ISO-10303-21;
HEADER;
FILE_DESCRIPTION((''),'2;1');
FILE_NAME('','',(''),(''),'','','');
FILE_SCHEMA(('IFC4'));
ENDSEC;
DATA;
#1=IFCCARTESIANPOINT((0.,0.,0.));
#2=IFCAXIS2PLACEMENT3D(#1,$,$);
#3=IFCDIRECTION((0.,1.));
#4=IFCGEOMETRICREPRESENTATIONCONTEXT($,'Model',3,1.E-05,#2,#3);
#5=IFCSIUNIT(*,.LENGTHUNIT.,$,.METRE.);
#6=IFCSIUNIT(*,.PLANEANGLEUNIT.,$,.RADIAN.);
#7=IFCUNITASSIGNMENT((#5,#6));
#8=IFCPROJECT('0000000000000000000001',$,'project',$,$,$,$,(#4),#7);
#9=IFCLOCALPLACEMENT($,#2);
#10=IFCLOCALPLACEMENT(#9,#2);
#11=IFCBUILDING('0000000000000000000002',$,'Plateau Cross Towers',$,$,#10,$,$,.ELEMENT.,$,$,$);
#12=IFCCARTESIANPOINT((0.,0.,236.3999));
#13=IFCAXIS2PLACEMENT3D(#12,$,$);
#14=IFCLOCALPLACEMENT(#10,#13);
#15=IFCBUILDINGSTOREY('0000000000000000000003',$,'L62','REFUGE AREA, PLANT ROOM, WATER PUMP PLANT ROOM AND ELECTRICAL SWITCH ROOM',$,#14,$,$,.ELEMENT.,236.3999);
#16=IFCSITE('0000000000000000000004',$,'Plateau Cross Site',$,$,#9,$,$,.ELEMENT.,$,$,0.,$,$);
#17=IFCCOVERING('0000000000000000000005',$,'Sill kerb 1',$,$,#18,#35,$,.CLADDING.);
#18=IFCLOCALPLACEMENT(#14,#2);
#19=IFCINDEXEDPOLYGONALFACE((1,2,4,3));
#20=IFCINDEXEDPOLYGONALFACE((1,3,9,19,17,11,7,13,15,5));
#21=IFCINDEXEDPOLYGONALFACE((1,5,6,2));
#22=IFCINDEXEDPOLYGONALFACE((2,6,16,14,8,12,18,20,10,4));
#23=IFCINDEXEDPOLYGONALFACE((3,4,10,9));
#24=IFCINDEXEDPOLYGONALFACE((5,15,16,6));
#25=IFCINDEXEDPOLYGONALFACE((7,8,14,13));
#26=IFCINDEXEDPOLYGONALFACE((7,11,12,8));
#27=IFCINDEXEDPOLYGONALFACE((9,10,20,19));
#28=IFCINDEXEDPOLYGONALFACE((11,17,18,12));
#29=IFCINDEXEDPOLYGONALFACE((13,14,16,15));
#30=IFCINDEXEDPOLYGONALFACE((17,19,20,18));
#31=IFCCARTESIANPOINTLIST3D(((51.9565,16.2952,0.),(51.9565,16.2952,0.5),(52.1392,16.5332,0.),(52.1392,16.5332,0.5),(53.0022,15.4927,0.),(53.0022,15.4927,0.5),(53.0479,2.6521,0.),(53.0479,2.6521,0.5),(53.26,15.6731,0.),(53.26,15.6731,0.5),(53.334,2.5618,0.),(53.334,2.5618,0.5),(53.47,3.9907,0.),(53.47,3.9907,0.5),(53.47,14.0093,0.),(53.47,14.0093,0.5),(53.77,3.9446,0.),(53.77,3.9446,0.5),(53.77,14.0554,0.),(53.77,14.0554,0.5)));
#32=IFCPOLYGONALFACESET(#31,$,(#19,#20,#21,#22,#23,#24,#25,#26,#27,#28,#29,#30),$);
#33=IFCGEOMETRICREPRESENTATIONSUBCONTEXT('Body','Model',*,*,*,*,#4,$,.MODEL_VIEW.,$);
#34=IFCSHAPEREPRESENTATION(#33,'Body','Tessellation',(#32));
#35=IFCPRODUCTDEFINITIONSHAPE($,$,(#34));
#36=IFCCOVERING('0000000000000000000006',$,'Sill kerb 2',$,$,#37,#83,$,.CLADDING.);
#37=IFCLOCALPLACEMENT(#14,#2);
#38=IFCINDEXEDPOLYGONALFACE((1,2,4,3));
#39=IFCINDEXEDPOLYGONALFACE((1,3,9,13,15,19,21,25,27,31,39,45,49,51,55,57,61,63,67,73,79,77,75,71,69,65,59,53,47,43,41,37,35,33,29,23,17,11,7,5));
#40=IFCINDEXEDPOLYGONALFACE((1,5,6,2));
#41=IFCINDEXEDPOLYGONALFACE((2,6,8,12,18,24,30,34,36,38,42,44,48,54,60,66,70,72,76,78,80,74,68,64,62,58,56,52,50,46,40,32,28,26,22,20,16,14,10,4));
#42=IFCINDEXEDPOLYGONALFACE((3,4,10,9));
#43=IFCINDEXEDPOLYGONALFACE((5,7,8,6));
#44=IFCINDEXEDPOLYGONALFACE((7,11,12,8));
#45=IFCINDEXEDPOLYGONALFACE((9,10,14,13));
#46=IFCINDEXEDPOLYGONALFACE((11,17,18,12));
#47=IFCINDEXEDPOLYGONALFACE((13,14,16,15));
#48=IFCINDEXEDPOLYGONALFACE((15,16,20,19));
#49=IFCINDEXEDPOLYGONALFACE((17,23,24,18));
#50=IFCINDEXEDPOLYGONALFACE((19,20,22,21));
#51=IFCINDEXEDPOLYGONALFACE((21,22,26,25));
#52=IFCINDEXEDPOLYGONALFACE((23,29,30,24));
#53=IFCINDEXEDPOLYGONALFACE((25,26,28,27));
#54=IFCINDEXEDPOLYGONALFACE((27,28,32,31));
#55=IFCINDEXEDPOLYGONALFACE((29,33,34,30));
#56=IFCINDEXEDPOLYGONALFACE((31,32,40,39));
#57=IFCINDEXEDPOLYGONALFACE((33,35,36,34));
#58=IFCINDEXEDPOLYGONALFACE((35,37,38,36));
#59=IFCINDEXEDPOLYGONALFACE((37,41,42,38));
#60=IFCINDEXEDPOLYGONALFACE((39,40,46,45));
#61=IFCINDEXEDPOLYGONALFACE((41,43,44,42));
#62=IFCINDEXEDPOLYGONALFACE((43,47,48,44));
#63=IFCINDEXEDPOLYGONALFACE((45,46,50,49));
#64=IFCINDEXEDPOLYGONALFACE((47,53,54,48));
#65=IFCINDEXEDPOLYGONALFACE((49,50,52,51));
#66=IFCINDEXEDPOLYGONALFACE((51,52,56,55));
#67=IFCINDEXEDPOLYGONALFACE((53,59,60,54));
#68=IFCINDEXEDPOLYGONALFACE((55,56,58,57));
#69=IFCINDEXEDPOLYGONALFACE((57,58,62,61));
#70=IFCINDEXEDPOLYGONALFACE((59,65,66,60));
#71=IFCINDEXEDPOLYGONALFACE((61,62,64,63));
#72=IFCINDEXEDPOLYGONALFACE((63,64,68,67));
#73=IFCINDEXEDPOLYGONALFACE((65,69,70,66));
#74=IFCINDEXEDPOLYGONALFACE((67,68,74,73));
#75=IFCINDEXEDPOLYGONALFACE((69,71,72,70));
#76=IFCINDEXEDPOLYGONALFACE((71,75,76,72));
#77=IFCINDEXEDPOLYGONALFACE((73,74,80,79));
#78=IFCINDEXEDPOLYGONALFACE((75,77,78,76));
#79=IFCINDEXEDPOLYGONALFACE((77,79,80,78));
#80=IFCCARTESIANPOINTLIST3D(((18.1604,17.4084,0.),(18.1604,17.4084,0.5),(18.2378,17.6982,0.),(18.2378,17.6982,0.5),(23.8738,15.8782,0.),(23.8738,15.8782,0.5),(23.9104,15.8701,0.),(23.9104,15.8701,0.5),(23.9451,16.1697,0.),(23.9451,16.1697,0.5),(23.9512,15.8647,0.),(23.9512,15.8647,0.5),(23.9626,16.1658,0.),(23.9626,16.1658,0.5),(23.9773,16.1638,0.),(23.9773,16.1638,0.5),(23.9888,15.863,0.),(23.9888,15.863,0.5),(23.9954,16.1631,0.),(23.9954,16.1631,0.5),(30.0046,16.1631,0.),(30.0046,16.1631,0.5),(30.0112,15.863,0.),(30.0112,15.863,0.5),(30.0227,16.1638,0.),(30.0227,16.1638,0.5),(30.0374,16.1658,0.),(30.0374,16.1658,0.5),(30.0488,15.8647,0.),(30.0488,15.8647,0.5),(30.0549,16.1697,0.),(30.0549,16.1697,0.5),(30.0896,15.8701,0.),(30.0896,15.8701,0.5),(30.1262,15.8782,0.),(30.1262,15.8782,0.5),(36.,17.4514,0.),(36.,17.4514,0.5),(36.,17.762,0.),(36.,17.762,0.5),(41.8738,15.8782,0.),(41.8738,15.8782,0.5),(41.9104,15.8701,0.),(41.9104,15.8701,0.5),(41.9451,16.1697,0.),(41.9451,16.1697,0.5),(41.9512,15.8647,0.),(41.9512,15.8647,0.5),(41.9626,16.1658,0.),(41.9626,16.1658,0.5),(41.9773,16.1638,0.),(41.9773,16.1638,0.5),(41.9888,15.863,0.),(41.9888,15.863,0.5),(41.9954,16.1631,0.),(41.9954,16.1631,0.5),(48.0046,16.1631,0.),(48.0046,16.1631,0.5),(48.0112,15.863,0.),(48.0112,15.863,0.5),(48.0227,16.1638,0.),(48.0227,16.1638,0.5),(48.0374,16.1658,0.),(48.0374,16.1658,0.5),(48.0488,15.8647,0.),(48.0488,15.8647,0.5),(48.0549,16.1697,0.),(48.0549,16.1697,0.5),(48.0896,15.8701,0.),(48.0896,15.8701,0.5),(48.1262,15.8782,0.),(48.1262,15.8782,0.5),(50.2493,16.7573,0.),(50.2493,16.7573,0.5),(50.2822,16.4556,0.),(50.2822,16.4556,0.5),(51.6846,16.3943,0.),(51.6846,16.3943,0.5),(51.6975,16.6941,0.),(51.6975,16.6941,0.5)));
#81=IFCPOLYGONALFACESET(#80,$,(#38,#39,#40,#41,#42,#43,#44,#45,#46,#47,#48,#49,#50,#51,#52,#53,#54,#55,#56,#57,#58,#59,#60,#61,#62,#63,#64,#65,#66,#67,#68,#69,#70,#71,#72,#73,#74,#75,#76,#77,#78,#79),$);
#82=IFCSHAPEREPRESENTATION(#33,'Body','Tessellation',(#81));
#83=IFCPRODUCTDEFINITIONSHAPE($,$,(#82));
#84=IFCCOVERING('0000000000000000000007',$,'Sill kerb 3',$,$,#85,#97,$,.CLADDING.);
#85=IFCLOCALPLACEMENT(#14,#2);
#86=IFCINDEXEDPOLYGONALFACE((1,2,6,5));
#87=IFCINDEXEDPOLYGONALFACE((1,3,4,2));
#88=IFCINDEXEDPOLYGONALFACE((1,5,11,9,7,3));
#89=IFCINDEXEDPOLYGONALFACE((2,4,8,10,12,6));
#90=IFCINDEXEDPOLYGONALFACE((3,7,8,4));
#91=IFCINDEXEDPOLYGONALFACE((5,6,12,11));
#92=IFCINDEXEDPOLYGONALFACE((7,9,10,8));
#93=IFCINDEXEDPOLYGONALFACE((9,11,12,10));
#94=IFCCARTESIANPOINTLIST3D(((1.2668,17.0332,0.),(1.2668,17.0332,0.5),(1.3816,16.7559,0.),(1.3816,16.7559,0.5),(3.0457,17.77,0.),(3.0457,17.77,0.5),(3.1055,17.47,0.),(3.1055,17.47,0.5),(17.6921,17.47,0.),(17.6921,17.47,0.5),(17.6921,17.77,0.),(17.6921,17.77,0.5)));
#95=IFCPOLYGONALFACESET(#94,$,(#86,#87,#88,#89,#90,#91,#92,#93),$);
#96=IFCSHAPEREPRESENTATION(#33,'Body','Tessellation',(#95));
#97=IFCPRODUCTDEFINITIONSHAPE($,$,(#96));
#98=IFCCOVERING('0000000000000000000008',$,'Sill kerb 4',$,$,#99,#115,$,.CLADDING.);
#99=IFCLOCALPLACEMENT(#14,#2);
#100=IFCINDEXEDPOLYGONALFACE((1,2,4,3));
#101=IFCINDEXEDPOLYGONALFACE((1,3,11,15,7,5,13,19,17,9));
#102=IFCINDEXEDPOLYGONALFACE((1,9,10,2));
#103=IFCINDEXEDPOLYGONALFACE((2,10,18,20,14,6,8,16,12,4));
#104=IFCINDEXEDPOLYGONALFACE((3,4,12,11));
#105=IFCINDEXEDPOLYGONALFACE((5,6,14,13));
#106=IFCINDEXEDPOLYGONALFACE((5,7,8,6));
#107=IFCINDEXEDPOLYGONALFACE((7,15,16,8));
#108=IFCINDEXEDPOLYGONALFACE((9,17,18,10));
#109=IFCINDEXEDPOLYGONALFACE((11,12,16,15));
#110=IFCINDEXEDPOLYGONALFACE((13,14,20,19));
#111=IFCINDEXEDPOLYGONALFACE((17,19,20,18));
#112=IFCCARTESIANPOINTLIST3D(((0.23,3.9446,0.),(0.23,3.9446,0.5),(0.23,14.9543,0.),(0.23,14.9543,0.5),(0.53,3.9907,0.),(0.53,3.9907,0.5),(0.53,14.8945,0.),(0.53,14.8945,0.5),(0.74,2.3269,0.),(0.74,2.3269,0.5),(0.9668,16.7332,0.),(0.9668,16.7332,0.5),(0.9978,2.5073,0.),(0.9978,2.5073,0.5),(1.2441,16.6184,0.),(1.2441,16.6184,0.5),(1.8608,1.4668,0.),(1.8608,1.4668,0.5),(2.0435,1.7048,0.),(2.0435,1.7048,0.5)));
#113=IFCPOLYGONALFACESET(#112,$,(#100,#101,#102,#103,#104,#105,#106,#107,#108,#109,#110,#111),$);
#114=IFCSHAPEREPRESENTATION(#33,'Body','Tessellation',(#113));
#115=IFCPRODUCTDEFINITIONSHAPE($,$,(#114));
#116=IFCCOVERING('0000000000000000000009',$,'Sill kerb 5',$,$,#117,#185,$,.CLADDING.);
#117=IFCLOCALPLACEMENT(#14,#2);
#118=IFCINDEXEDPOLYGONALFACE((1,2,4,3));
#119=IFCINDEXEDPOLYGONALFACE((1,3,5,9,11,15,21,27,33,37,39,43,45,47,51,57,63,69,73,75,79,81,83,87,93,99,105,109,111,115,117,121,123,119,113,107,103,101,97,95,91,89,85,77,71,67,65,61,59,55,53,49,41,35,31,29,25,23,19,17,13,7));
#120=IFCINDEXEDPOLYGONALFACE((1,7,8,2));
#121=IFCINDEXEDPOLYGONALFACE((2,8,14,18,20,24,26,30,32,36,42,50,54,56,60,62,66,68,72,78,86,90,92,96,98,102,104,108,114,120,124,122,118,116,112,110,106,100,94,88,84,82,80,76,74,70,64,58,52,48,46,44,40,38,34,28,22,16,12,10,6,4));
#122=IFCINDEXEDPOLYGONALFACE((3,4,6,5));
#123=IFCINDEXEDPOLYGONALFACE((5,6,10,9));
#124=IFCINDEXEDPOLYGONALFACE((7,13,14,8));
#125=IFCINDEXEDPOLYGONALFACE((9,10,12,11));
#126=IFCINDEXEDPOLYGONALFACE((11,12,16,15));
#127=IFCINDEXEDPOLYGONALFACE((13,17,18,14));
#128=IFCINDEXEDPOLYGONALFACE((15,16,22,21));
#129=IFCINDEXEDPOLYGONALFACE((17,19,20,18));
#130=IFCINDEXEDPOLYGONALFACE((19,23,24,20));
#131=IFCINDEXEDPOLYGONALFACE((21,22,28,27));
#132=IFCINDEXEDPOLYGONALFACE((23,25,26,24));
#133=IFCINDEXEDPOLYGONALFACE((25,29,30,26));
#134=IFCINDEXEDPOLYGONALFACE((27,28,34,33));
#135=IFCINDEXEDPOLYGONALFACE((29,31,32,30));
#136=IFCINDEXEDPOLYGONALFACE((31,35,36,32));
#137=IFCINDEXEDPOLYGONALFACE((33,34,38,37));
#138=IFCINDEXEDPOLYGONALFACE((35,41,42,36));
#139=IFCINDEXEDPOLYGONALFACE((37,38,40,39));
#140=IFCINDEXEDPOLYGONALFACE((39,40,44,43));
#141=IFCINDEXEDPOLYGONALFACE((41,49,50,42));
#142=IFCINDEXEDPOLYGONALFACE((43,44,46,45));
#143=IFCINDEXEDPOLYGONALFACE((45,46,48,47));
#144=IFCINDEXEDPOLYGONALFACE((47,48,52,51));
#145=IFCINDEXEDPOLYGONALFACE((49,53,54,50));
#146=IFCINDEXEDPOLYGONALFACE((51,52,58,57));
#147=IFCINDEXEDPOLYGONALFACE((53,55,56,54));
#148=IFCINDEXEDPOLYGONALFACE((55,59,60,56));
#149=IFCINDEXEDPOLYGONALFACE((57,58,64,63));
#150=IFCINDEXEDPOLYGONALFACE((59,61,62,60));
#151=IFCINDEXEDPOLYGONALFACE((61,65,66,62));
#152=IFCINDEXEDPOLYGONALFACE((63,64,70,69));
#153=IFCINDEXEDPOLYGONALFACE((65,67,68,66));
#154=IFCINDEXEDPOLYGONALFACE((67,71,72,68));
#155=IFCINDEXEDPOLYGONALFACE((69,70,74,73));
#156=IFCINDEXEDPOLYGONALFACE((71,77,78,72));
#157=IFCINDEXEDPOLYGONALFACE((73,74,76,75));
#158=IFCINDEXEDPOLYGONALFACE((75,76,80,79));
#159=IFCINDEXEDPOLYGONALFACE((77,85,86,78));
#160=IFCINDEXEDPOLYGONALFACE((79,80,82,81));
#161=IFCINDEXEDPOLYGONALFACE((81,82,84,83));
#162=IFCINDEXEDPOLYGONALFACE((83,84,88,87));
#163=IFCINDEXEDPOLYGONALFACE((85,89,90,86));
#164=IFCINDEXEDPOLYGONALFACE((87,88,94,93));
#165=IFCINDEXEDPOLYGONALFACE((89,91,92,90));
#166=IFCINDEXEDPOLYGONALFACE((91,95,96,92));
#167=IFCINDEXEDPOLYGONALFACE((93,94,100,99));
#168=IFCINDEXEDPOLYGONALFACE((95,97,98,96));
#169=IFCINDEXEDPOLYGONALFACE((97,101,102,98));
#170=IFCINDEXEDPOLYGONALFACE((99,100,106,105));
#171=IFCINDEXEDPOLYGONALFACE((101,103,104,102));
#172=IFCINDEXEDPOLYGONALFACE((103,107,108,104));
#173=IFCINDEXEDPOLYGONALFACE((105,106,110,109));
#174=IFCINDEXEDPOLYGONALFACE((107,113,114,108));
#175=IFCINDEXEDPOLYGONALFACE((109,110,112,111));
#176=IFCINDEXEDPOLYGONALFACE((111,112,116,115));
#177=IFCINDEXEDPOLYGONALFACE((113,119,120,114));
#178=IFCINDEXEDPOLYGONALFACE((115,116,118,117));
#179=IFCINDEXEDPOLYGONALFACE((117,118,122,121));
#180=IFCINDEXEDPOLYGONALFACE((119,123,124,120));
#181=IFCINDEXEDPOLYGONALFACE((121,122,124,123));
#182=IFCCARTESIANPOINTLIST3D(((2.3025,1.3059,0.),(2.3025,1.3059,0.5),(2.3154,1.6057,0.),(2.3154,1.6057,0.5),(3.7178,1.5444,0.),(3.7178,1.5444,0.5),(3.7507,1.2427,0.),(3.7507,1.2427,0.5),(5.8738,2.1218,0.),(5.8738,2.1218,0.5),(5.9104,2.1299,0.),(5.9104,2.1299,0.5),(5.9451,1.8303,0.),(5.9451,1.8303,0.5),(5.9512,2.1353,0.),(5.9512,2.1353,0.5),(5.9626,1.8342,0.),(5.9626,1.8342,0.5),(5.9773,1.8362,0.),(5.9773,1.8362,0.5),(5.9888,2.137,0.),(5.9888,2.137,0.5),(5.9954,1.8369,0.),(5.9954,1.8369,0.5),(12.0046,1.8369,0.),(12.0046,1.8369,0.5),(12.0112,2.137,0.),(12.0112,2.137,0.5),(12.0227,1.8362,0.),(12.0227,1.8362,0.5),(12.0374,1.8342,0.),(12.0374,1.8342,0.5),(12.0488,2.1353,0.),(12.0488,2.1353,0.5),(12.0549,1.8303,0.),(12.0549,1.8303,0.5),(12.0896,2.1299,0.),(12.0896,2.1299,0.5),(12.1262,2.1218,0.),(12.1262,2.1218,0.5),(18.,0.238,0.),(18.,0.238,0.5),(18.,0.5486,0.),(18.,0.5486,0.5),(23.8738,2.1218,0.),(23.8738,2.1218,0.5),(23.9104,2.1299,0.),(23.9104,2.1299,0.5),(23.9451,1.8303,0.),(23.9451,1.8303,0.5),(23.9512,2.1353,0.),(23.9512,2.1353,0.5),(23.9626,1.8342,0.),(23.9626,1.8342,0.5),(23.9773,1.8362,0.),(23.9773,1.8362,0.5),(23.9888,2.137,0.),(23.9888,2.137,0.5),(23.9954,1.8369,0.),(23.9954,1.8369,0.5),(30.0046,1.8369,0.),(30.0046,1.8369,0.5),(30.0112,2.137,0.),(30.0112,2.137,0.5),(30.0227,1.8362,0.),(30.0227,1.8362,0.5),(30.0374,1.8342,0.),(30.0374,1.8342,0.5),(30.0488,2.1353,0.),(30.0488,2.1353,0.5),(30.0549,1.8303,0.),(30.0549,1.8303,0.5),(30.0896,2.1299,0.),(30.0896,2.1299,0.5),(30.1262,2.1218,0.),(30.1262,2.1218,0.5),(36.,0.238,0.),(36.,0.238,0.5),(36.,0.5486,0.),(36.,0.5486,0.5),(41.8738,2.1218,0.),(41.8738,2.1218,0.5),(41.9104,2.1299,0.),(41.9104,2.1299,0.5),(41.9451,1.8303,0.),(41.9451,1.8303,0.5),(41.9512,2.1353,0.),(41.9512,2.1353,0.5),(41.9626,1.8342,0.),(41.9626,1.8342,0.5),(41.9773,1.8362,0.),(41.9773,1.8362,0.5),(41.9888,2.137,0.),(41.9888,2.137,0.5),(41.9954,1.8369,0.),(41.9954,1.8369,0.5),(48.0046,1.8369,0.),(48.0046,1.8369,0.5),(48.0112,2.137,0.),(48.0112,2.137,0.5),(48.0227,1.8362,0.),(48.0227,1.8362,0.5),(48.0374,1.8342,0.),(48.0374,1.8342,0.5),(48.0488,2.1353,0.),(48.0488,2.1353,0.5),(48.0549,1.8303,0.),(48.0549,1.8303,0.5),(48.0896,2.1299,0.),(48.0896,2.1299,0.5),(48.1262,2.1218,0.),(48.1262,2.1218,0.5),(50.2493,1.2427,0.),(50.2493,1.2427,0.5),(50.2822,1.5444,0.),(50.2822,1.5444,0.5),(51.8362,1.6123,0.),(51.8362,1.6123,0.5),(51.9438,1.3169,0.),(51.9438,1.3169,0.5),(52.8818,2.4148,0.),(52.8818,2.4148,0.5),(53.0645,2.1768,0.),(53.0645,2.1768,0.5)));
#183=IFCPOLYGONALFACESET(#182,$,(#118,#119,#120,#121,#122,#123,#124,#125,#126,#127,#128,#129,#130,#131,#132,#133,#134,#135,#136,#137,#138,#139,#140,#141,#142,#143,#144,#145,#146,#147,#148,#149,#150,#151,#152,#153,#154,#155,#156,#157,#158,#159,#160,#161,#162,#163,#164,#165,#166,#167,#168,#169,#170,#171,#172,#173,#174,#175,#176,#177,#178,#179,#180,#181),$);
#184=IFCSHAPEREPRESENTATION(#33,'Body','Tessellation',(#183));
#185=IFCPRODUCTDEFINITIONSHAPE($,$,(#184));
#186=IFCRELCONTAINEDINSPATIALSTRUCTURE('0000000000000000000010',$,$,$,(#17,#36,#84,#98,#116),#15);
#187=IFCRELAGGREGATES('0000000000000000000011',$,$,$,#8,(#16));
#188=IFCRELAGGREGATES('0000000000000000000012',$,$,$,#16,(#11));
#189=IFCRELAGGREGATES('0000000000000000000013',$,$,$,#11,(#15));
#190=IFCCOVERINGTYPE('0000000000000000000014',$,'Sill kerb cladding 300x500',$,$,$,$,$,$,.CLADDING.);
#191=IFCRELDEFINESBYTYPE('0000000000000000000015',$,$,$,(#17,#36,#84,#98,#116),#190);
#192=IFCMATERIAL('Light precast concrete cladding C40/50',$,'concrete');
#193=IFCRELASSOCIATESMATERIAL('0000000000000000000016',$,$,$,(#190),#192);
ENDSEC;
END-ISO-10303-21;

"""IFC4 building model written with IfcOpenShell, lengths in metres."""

from ifc_helpers import new_model, si_unit, direction, frame, origin, place, context, subcontext, project, spatial, polyline, outline, extrude, material, type_object, element, save


model = new_model("IFC4")

# Units and contexts
model_context = context("Model", 3, precision=1e-05, world=origin(), true_north=direction((0.0, 1.0)))
body_context = subcontext(model_context, "Body", "Model", "MODEL_VIEW")
ifc_project = project(units=[si_unit("LENGTHUNIT", "METRE"), si_unit("PLANEANGLEUNIT", "RADIAN")], contexts=[model_context])

# Site, building, storey
site_placement = place(None, origin())
site = spatial("IfcSite", under=ifc_project, at=site_placement, Name="Plateau Cross Site", CompositionType="ELEMENT", RefElevation=0.0)
building_placement = place(site_placement, origin())
building = spatial("IfcBuilding", under=site, at=building_placement, Name="Plateau Cross Towers", CompositionType="ELEMENT")
storey_placement = place(building_placement, frame((0.0, 0.0, 236.3999)))
storey = spatial("IfcBuildingStorey", under=building, at=storey_placement, Name="L62", Description="REFUGE AREA, PLANT ROOM, WATER PUMP PLANT ROOM AND ELECTRICAL SWITCH ROOM", CompositionType="ELEMENT", Elevation=236.3999)

# Coverings
ifc_material_1 = material(Name="Light precast concrete cladding C40/50", Category="concrete")
covering_type_1 = type_object("IfcCoveringType", Name="Sill kerb cladding 300x500", PredefinedType="CLADDING", material=ifc_material_1)
covering_1_placement = place(storey_placement, origin())
element("IfcCovering", 1, at=covering_1_placement, inside=storey, type_object=covering_type_1, Name="Sill kerb 1", PredefinedType="CLADDING", context=body_context, shape_type="SweptSolid", body=[
    extrude(outline(polyline([(53.47, 3.9907), (53.47, 14.0093), (53.0022, 15.4927), (51.9565, 16.2952), (52.1392, 16.5332), (53.26, 15.6731), (53.77, 14.0554), (53.77, 3.9446), (53.334, 2.5618), (53.0479, 2.6521), (53.47, 3.9907)])), origin(), (0.0, 0.0, 1.0), 0.5),
])
covering_2_placement = place(storey_placement, origin())
element("IfcCovering", 2, at=covering_2_placement, inside=storey, type_object=covering_type_1, Name="Sill kerb 2", PredefinedType="CLADDING", context=body_context, shape_type="SweptSolid", body=[
    extrude(outline(polyline([(50.2822, 16.4556), (48.1262, 15.8782), (48.0896, 15.8701), (48.0488, 15.8647), (48.0112, 15.863), (41.9888, 15.863), (41.9512, 15.8647), (41.9104, 15.8701), (41.8738, 15.8782), (36.0, 17.4514), (30.1262, 15.8782), (30.0896, 15.8701), (30.0488, 15.8647), (30.0112, 15.863), (23.9888, 15.863), (23.9512, 15.8647), (23.9104, 15.8701), (23.8738, 15.8782), (18.1604, 17.4084), (18.2378, 17.6982), (23.9451, 16.1697), (23.9626, 16.1658), (23.9773, 16.1638), (23.9954, 16.1631), (30.0046, 16.1631), (30.0227, 16.1638), (30.0374, 16.1658), (30.0549, 16.1697), (36.0, 17.762), (41.9451, 16.1697), (41.9626, 16.1658), (41.9773, 16.1638), (41.9954, 16.1631), (48.0046, 16.1631), (48.0227, 16.1638), (48.0374, 16.1658), (48.0549, 16.1697), (50.2493, 16.7573), (51.6975, 16.6941), (51.6846, 16.3943), (50.2822, 16.4556)])), origin(), (0.0, 0.0, 1.0), 0.5),
])
covering_3_placement = place(storey_placement, origin())
element("IfcCovering", 3, at=covering_3_placement, inside=storey, type_object=covering_type_1, Name="Sill kerb 3", PredefinedType="CLADDING", context=body_context, shape_type="SweptSolid", body=[
    extrude(outline(polyline([(3.1055, 17.47), (1.3816, 16.7559), (1.2668, 17.0332), (3.0457, 17.77), (17.6921, 17.77), (17.6921, 17.47), (3.1055, 17.47)])), origin(), (0.0, 0.0, 1.0), 0.5),
])
covering_4_placement = place(storey_placement, origin())
element("IfcCovering", 4, at=covering_4_placement, inside=storey, type_object=covering_type_1, Name="Sill kerb 4", PredefinedType="CLADDING", context=body_context, shape_type="SweptSolid", body=[
    extrude(outline(polyline([(0.53, 14.8945), (0.53, 3.9907), (0.9978, 2.5073), (2.0435, 1.7048), (1.8608, 1.4668), (0.74, 2.3269), (0.23, 3.9446), (0.23, 14.9543), (0.9668, 16.7332), (1.2441, 16.6184), (0.53, 14.8945)])), origin(), (0.0, 0.0, 1.0), 0.5),
])
covering_5_placement = place(storey_placement, origin())
element("IfcCovering", 5, at=covering_5_placement, inside=storey, type_object=covering_type_1, Name="Sill kerb 5", PredefinedType="CLADDING", context=body_context, shape_type="SweptSolid", body=[
    extrude(outline(polyline([(3.7178, 1.5444), (5.8738, 2.1218), (5.9104, 2.1299), (5.9512, 2.1353), (5.9888, 2.137), (12.0112, 2.137), (12.0488, 2.1353), (12.0896, 2.1299), (12.1262, 2.1218), (18.0, 0.5486), (23.8738, 2.1218), (23.9104, 2.1299), (23.9512, 2.1353), (23.9888, 2.137), (30.0112, 2.137), (30.0488, 2.1353), (30.0896, 2.1299), (30.1262, 2.1218), (36.0, 0.5486), (41.8738, 2.1218), (41.9104, 2.1299), (41.9512, 2.1353), (41.9888, 2.137), (48.0112, 2.137), (48.0488, 2.1353), (48.0896, 2.1299), (48.1262, 2.1218), (50.2822, 1.5444), (51.8362, 1.6123), (52.8818, 2.4148), (53.0645, 2.1768), (51.9438, 1.3169), (50.2493, 1.2427), (48.0549, 1.8303), (48.0374, 1.8342), (48.0227, 1.8362), (48.0046, 1.8369), (41.9954, 1.8369), (41.9773, 1.8362), (41.9626, 1.8342), (41.9451, 1.8303), (36.0, 0.238), (30.0549, 1.8303), (30.0374, 1.8342), (30.0227, 1.8362), (30.0046, 1.8369), (23.9954, 1.8369), (23.9773, 1.8362), (23.9626, 1.8342), (23.9451, 1.8303), (18.0, 0.238), (12.0549, 1.8303), (12.0374, 1.8342), (12.0227, 1.8362), (12.0046, 1.8369), (5.9954, 1.8369), (5.9773, 1.8362), (5.9626, 1.8342), (5.9451, 1.8303), (3.7507, 1.2427), (2.3025, 1.3059), (2.3154, 1.6057), (3.7178, 1.5444)])), origin(), (0.0, 0.0, 1.0), 0.5),
])

save(model, "model.ifc")
